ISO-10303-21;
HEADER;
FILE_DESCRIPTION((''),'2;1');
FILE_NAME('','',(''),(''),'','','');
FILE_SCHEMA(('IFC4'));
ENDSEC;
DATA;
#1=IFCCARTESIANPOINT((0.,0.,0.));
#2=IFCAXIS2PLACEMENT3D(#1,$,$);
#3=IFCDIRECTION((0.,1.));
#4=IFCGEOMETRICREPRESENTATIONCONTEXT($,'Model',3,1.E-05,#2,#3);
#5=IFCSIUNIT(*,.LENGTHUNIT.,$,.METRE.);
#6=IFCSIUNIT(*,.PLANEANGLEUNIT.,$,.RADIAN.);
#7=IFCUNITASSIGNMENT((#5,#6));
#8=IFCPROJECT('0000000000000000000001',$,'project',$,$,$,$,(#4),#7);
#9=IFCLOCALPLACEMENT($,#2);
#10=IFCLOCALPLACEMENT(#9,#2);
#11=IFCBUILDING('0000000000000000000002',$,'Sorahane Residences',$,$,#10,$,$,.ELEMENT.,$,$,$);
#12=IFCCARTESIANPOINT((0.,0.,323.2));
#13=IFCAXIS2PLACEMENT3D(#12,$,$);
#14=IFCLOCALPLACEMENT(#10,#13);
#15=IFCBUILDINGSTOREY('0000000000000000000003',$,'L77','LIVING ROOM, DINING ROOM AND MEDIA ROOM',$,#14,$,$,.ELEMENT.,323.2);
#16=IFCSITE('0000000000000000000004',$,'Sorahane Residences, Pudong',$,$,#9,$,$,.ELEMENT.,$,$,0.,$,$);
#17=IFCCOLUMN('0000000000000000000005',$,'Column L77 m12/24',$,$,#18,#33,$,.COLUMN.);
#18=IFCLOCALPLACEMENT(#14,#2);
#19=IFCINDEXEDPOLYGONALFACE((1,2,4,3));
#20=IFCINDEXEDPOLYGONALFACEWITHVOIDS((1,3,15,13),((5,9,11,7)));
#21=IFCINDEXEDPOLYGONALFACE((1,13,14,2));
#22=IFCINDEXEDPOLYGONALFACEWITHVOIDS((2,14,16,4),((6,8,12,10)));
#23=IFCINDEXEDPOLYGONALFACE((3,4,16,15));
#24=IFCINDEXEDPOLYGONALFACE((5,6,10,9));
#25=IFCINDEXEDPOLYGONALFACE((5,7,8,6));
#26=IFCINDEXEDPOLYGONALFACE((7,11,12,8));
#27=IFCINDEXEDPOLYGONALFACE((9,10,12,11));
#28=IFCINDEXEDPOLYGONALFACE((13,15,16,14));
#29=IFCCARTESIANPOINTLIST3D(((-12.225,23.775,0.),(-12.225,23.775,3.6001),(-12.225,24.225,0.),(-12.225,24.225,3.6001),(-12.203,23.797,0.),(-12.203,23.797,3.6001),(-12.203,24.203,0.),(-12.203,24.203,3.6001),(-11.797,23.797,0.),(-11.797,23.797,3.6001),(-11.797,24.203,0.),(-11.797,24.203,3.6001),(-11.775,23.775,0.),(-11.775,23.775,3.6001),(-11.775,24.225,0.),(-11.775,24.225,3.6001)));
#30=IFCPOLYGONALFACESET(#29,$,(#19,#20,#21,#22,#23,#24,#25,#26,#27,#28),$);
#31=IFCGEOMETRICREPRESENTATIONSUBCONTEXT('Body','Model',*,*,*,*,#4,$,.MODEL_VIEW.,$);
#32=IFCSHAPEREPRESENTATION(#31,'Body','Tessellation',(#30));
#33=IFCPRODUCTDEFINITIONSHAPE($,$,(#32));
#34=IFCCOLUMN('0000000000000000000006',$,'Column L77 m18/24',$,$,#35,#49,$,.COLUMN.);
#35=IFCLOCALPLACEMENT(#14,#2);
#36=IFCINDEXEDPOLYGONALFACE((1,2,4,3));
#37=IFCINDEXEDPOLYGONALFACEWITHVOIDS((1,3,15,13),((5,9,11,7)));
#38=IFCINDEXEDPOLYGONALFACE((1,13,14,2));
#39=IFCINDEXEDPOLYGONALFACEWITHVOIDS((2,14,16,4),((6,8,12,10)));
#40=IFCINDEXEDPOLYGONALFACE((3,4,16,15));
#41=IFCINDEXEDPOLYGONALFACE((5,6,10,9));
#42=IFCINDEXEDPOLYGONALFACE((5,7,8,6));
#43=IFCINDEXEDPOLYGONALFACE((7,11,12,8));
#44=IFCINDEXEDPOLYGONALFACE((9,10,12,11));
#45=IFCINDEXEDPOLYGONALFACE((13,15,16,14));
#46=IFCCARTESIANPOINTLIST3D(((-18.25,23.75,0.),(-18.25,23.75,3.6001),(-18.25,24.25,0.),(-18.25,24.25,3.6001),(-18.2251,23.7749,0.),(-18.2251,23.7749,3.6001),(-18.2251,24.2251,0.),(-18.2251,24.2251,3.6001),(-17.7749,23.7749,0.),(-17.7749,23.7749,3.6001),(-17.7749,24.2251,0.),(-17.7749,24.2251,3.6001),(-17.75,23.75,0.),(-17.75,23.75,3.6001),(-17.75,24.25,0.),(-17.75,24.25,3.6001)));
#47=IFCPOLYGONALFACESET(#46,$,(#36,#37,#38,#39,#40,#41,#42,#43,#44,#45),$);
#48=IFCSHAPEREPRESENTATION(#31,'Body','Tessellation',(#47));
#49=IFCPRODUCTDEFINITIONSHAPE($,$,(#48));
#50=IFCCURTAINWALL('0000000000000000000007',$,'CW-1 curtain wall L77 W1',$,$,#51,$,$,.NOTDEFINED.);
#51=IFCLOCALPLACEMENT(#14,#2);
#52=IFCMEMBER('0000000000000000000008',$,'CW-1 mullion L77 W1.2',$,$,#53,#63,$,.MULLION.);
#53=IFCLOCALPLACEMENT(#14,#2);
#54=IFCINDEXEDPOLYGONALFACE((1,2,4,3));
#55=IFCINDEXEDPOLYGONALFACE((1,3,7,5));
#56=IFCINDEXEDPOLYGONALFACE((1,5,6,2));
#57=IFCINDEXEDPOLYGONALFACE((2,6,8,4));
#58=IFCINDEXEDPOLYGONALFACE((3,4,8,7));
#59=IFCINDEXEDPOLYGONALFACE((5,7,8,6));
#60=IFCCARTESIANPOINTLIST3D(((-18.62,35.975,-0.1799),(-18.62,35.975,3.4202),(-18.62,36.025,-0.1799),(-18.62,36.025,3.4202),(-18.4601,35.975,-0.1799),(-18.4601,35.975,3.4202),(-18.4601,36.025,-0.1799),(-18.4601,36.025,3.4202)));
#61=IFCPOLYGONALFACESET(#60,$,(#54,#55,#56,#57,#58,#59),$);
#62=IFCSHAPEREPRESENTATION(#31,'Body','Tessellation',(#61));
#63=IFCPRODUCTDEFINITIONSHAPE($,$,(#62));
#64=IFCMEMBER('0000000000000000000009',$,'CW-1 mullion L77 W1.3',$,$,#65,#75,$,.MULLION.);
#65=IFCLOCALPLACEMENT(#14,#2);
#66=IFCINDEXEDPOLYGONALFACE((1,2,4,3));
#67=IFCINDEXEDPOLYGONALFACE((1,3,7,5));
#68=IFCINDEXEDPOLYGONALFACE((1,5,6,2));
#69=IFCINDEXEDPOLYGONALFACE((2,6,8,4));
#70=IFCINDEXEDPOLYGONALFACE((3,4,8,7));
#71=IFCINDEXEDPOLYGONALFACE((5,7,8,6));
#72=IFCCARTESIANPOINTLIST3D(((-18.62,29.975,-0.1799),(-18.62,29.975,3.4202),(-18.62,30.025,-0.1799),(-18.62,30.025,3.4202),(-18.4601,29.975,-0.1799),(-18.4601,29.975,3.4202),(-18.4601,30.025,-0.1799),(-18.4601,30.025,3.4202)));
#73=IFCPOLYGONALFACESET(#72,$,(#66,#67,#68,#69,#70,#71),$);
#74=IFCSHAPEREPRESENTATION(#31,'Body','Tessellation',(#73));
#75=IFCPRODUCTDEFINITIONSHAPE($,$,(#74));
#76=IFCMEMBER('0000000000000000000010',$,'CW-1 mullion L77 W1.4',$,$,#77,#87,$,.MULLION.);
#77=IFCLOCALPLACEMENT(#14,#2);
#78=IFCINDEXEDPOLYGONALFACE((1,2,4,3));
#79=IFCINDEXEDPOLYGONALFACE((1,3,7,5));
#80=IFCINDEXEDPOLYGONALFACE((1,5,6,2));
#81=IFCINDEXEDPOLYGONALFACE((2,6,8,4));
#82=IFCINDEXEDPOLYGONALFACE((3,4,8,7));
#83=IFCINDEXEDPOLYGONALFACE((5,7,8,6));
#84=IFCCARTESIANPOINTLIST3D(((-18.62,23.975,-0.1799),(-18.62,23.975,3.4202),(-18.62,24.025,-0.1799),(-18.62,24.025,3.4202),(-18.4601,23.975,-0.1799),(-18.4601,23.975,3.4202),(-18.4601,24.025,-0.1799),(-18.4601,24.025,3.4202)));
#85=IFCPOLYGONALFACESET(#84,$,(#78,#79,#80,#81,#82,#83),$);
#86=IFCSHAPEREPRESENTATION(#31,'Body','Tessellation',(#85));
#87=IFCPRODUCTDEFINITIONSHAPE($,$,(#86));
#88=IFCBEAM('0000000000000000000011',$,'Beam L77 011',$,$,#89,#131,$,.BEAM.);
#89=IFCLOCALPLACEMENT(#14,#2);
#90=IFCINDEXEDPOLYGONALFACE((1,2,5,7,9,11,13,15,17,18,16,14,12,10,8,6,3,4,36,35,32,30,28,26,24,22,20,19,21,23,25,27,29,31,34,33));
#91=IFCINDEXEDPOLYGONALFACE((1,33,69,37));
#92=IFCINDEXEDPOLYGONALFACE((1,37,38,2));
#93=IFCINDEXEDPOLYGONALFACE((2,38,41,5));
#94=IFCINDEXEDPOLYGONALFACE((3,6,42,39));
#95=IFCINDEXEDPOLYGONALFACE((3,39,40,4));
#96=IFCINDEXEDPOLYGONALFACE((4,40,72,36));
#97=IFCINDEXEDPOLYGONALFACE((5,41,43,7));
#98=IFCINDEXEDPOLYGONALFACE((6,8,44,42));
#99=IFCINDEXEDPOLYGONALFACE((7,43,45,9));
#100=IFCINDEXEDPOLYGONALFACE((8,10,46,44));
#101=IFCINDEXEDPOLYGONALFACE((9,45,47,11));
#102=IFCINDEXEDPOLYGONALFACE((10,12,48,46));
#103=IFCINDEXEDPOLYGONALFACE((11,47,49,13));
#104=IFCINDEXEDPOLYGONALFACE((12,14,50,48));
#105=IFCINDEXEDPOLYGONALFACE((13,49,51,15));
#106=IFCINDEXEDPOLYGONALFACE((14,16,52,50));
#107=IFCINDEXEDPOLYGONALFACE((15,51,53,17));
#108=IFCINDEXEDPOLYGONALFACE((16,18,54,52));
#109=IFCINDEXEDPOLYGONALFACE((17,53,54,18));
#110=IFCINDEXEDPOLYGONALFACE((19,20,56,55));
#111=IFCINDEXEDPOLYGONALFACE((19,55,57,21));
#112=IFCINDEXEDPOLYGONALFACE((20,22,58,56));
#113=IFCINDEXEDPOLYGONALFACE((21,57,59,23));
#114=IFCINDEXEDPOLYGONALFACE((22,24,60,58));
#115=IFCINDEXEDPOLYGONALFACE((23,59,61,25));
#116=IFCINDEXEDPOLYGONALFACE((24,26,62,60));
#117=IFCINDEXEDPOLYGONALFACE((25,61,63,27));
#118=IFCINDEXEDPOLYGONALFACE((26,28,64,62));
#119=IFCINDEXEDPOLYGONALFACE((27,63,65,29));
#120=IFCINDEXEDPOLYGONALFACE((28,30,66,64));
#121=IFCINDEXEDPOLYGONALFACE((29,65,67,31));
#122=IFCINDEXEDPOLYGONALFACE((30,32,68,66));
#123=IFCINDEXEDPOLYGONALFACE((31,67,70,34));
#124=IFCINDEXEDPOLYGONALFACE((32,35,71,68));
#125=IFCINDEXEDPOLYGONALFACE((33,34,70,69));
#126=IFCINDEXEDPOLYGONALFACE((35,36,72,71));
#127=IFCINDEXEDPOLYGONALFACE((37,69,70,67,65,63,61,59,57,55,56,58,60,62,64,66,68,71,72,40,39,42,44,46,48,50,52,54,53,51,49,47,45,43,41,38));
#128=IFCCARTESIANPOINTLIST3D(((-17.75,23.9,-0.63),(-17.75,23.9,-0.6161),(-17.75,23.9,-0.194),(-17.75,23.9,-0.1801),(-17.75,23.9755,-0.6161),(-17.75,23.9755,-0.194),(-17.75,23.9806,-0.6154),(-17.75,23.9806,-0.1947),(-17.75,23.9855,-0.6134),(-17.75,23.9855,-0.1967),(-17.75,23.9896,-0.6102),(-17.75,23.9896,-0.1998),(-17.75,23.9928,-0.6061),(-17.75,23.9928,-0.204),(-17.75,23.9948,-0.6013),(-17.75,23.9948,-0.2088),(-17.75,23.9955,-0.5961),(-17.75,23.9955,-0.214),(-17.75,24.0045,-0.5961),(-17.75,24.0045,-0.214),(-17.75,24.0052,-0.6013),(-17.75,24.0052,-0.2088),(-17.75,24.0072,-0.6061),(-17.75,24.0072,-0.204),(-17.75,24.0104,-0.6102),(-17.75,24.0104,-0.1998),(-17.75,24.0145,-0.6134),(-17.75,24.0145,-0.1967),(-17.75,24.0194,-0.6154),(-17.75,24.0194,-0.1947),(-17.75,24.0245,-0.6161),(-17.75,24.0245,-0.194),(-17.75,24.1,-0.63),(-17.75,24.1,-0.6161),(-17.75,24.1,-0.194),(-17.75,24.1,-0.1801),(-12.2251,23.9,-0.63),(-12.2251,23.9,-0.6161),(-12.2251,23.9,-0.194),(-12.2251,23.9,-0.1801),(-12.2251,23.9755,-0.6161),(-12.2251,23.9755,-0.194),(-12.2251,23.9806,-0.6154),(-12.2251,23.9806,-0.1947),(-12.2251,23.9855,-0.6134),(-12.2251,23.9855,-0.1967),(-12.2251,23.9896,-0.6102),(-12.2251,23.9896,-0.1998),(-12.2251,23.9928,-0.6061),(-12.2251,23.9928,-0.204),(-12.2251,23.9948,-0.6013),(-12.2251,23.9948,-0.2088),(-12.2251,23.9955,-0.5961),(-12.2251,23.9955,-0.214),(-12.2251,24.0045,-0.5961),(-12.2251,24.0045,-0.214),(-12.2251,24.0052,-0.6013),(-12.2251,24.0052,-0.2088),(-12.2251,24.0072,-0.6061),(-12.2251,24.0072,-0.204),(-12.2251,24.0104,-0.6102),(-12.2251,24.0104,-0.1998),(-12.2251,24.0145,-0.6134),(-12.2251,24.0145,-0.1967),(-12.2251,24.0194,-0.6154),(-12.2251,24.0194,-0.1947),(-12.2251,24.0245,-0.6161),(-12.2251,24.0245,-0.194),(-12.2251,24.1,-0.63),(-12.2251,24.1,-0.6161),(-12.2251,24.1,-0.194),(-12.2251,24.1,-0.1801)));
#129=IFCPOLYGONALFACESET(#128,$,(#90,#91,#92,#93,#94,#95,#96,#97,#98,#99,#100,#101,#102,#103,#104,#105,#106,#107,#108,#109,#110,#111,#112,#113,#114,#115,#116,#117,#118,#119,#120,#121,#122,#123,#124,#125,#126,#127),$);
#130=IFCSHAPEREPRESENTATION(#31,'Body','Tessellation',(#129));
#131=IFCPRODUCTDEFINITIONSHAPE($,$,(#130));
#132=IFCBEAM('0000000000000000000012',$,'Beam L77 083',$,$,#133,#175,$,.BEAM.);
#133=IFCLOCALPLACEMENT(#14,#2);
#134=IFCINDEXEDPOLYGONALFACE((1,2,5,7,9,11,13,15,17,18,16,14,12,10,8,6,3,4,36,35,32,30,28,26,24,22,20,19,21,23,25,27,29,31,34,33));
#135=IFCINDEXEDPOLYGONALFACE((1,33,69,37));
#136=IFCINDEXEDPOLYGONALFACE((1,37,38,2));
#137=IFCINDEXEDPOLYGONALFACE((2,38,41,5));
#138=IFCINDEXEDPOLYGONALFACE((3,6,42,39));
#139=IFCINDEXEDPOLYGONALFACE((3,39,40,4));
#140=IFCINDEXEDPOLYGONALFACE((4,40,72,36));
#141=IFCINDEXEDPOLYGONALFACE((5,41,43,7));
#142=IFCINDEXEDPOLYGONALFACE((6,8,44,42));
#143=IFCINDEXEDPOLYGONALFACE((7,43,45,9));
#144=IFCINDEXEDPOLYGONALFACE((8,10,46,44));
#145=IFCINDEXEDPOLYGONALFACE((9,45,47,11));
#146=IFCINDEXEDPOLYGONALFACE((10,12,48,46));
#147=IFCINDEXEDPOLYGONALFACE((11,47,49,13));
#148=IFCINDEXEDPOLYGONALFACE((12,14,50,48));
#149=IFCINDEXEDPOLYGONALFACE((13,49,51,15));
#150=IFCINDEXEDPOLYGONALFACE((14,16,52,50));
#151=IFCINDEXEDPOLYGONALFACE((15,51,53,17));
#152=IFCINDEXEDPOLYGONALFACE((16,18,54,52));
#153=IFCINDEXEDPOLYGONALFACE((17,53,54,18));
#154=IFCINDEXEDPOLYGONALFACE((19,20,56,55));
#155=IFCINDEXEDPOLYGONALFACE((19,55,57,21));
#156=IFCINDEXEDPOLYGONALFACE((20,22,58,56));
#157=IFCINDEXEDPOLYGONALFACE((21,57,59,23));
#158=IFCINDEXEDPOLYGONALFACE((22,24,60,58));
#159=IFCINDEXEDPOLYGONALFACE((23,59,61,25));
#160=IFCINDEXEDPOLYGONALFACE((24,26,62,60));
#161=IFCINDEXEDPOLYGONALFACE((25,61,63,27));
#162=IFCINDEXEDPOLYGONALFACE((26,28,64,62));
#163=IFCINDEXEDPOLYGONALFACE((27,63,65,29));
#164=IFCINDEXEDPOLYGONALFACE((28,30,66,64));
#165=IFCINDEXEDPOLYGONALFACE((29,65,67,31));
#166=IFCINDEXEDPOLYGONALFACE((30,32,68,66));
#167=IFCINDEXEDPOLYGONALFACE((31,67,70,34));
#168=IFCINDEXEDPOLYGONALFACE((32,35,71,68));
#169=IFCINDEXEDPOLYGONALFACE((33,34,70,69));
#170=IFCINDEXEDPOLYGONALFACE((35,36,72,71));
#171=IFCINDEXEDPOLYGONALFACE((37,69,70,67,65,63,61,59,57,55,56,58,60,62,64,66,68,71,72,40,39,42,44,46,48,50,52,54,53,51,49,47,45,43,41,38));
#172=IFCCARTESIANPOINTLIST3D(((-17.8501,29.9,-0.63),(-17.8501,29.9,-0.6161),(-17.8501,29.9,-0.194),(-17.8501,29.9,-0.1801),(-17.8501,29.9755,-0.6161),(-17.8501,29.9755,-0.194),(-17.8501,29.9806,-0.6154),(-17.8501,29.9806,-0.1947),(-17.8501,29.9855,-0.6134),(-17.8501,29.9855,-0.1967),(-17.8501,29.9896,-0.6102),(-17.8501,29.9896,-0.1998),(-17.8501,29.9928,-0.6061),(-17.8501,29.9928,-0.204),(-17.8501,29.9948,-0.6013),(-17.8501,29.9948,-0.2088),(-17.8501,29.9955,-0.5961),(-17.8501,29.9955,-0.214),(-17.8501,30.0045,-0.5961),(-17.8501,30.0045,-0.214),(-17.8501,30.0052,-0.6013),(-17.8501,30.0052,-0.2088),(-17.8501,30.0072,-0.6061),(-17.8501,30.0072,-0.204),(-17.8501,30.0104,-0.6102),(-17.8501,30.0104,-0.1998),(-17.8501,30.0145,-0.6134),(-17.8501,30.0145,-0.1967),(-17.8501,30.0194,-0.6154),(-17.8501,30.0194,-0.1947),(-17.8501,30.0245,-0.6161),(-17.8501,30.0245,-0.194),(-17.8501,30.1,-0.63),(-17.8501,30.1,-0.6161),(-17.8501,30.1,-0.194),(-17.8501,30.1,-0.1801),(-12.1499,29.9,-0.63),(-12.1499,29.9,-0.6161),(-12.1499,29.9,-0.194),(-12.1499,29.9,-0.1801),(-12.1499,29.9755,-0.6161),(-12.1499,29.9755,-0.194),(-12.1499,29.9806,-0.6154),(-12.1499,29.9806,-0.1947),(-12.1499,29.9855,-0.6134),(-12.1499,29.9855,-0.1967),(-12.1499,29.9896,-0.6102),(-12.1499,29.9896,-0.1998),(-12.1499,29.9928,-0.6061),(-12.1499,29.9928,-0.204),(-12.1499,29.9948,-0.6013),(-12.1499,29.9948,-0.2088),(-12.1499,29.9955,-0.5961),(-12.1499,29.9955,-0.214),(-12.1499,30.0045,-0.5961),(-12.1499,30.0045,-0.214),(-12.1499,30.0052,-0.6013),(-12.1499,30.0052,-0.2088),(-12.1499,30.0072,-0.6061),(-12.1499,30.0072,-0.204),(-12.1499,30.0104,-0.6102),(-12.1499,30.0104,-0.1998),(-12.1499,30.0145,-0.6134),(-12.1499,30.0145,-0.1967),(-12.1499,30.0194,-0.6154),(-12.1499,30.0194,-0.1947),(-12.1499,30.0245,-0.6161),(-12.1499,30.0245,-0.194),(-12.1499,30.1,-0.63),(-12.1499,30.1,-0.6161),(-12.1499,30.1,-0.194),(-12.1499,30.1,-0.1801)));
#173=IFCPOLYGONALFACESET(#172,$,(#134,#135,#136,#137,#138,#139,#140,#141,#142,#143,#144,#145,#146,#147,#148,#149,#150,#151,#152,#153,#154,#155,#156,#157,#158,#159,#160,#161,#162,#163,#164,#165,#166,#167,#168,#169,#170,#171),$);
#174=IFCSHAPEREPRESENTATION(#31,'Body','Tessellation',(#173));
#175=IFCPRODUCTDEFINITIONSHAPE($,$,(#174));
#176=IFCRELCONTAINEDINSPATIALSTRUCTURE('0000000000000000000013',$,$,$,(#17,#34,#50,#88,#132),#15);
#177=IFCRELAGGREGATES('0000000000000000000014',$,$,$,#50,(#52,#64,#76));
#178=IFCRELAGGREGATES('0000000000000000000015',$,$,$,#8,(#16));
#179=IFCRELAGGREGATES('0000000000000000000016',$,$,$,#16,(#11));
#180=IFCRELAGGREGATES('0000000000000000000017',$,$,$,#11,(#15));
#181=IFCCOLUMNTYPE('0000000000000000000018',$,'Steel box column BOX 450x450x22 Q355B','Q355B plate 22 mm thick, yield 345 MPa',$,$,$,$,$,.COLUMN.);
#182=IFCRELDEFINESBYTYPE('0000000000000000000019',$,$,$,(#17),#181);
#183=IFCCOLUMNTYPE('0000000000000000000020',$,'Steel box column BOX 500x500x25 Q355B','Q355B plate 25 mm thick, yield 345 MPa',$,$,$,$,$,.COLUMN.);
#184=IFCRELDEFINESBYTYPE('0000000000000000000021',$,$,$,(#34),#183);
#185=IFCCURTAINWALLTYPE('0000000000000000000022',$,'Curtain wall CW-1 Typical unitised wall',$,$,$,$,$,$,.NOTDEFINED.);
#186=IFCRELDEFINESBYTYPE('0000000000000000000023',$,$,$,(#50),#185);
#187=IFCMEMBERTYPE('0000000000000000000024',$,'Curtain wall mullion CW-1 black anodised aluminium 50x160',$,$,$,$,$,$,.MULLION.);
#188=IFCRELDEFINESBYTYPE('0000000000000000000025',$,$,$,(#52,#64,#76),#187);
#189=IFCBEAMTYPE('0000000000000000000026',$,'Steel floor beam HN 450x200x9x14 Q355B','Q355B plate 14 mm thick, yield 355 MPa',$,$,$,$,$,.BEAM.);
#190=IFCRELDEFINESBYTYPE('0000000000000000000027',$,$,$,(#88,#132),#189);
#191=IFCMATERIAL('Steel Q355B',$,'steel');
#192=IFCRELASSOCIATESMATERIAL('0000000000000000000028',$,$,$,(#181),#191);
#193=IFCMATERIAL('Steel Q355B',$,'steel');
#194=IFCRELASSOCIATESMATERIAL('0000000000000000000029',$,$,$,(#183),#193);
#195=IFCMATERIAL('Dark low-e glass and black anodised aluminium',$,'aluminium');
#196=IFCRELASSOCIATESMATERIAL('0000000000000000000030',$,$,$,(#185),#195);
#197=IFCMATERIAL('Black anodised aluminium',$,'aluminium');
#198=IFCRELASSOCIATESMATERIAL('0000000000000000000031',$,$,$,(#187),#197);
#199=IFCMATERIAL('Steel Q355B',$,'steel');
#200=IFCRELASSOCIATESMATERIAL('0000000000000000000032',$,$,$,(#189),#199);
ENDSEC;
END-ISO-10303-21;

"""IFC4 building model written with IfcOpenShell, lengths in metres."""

from ifc_helpers import new_model, si_unit, direction, frame, origin, origin_2d, place, context, subcontext, project, spatial, rectangle, hollow_rectangle, i_section, extrude, material, material_profile, profile_set, type_object, element, aggregate, save


model = new_model("IFC4")

# Units and contexts
model_context = context("Model", 3, precision=1e-05, world=origin(), true_north=direction((0.0, 1.0)))
body_context = subcontext(model_context, "Body", "Model", "MODEL_VIEW")
ifc_project = project(units=[si_unit("LENGTHUNIT", "METRE"), si_unit("PLANEANGLEUNIT", "RADIAN")], contexts=[model_context])

# Site, building, storey
site_placement = place(None, origin())
site = spatial("IfcSite", under=ifc_project, at=site_placement, Name="Sorahane Residences, Pudong", CompositionType="ELEMENT", RefElevation=0.0)
building_placement = place(site_placement, origin())
building = spatial("IfcBuilding", under=site, at=building_placement, Name="Sorahane Residences", CompositionType="ELEMENT")
storey_placement = place(building_placement, frame((0.0, 0.0, 323.2)))
storey = spatial("IfcBuildingStorey", under=building, at=storey_placement, Name="L77", Description="LIVING ROOM, DINING ROOM AND MEDIA ROOM", CompositionType="ELEMENT", Elevation=323.2)

# Columns
ifc_material_1 = material(Name="Steel Q355B", Category="steel")
ifc_material_profile_1 = material_profile(ifc_material_1, hollow_rectangle(XDim=0.45, YDim=0.45, WallThickness=0.022, at=origin_2d()), Name="BOX 450x450x22")
ifc_profile_set_1 = profile_set([ifc_material_profile_1], Name="Steel Q355B")
column_type_1 = type_object("IfcColumnType", Name="Steel box column BOX 450x450x22 Q355B", Description="Q355B plate 22 mm thick, yield 345 MPa", PredefinedType="COLUMN", material=ifc_profile_set_1)
column_1_placement = place(storey_placement, frame((-12.0, 24.0, 0.0), z_axis=(0.0, 0.0, 1.0), x_axis=(1.0, 0.0, 0.0)))
element("IfcColumn", 1, at=column_1_placement, inside=storey, type_object=column_type_1, Name="Column L77 m12/24", PredefinedType="COLUMN", context=body_context, shape_type="SweptSolid", body=[
    extrude(hollow_rectangle(XDim=0.45, YDim=0.45, WallThickness=0.022, at=origin_2d()), origin(), (0.0, 0.0, 1.0), 3.6001),
])
ifc_material_2 = material(Name="Steel Q355B", Category="steel")
ifc_material_profile_2 = material_profile(ifc_material_2, hollow_rectangle(XDim=0.5, YDim=0.5, WallThickness=0.0249, at=origin_2d()), Name="BOX 500x500x25")
ifc_profile_set_2 = profile_set([ifc_material_profile_2], Name="Steel Q355B")
column_type_2 = type_object("IfcColumnType", Name="Steel box column BOX 500x500x25 Q355B", Description="Q355B plate 25 mm thick, yield 345 MPa", PredefinedType="COLUMN", material=ifc_profile_set_2)
column_2_placement = place(storey_placement, frame((-18.0, 24.0, 0.0), z_axis=(0.0, 0.0, 1.0), x_axis=(1.0, 0.0, 0.0)))
element("IfcColumn", 2, at=column_2_placement, inside=storey, type_object=column_type_2, Name="Column L77 m18/24", PredefinedType="COLUMN", context=body_context, shape_type="SweptSolid", body=[
    extrude(hollow_rectangle(XDim=0.5, YDim=0.5, WallThickness=0.0249, at=origin_2d()), origin(), (0.0, 0.0, 1.0), 3.6001),
])

# Curtain wall, members
ifc_material_3 = material(Name="Dark low-e glass and black anodised aluminium", Category="aluminium")
curtain_wall_type = type_object("IfcCurtainWallType", Name="Curtain wall CW-1 Typical unitised wall", PredefinedType="NOTDEFINED", material=ifc_material_3)
curtain_wall_placement = place(storey_placement, origin())
curtain_wall = element("IfcCurtainWall", 3, at=curtain_wall_placement, inside=storey, type_object=curtain_wall_type, Name="CW-1 curtain wall L77 W1", PredefinedType="NOTDEFINED")
ifc_material_4 = material(Name="Black anodised aluminium", Category="aluminium")
ifc_material_profile_3 = material_profile(ifc_material_4, rectangle(XDim=0.1599, YDim=0.05, at=origin_2d()), Name="Curtain wall mullion CW-1 black anodised aluminium 50x160")
ifc_profile_set_3 = profile_set([ifc_material_profile_3], Name="Black anodised aluminium")
member_type = type_object("IfcMemberType", Name="Curtain wall mullion CW-1 black anodised aluminium 50x160", PredefinedType="MULLION", material=ifc_profile_set_3)
member_1_placement = place(storey_placement, frame((-18.54, 36.0, -0.1799), z_axis=(0.0, 0.0, 1.0), x_axis=(-1.0, 0.0, 0.0)))
member_1 = element("IfcMember", 4, at=member_1_placement, type_object=member_type, Name="CW-1 mullion L77 W1.2", PredefinedType="MULLION", context=body_context, shape_type="SweptSolid", body=[
    extrude(rectangle(XDim=0.1599, YDim=0.05, at=origin_2d()), origin(), (0.0, 0.0, 1.0), 3.6001),
])
member_2_placement = place(storey_placement, frame((-18.54, 30.0, -0.1799), z_axis=(0.0, 0.0, 1.0), x_axis=(-1.0, 0.0, 0.0)))
member_2 = element("IfcMember", 5, at=member_2_placement, type_object=member_type, Name="CW-1 mullion L77 W1.3", PredefinedType="MULLION", context=body_context, shape_type="SweptSolid", body=[
    extrude(rectangle(XDim=0.1599, YDim=0.05, at=origin_2d()), origin(), (0.0, 0.0, 1.0), 3.6001),
])
member_3_placement = place(storey_placement, frame((-18.54, 24.0, -0.1799), z_axis=(0.0, 0.0, 1.0), x_axis=(-1.0, 0.0, 0.0)))
member_3 = element("IfcMember", 6, at=member_3_placement, type_object=member_type, Name="CW-1 mullion L77 W1.4", PredefinedType="MULLION", context=body_context, shape_type="SweptSolid", body=[
    extrude(rectangle(XDim=0.1599, YDim=0.05, at=origin_2d()), origin(), (0.0, 0.0, 1.0), 3.6001),
])

# Beams
ifc_material_5 = material(Name="Steel Q355B", Category="steel")
ifc_material_profile_4 = material_profile(ifc_material_5, i_section(OverallWidth=0.2, OverallDepth=0.45, WebThickness=0.009, FlangeThickness=0.0139, FilletRadius=0.02, at=origin_2d()), Name="HN 450x200x9x14")
ifc_profile_set_4 = profile_set([ifc_material_profile_4], Name="Steel Q355B")
beam_type_1 = type_object("IfcBeamType", Name="Steel floor beam HN 450x200x9x14 Q355B", Description="Q355B plate 14 mm thick, yield 355 MPa", PredefinedType="BEAM", material=ifc_profile_set_4)
beam_1_placement = place(storey_placement, frame((-17.75, 24.0, -0.405), z_axis=(1.0, 0.0, 0.0), x_axis=(0.0, 1.0, 0.0)))
element("IfcBeam", 7, at=beam_1_placement, inside=storey, type_object=beam_type_1, Name="Beam L77 011", PredefinedType="BEAM", context=body_context, shape_type="SweptSolid", body=[
    extrude(i_section(OverallWidth=0.2, OverallDepth=0.45, WebThickness=0.009, FlangeThickness=0.0139, FilletRadius=0.02, at=origin_2d()), origin(), (0.0, 0.0, 1.0), 5.5249),
])
beam_2_placement = place(storey_placement, frame((-17.8501, 30.0, -0.405), z_axis=(1.0, 0.0, 0.0), x_axis=(0.0, 1.0, 0.0)))
element("IfcBeam", 8, at=beam_2_placement, inside=storey, type_object=beam_type_1, Name="Beam L77 083", PredefinedType="BEAM", context=body_context, shape_type="SweptSolid", body=[
    extrude(i_section(OverallWidth=0.2, OverallDepth=0.45, WebThickness=0.009, FlangeThickness=0.0139, FilletRadius=0.02, at=origin_2d()), origin(), (0.0, 0.0, 1.0), 5.7002),
])

aggregate(curtain_wall, [member_1, member_2, member_3])

save(model, "model.ifc")
